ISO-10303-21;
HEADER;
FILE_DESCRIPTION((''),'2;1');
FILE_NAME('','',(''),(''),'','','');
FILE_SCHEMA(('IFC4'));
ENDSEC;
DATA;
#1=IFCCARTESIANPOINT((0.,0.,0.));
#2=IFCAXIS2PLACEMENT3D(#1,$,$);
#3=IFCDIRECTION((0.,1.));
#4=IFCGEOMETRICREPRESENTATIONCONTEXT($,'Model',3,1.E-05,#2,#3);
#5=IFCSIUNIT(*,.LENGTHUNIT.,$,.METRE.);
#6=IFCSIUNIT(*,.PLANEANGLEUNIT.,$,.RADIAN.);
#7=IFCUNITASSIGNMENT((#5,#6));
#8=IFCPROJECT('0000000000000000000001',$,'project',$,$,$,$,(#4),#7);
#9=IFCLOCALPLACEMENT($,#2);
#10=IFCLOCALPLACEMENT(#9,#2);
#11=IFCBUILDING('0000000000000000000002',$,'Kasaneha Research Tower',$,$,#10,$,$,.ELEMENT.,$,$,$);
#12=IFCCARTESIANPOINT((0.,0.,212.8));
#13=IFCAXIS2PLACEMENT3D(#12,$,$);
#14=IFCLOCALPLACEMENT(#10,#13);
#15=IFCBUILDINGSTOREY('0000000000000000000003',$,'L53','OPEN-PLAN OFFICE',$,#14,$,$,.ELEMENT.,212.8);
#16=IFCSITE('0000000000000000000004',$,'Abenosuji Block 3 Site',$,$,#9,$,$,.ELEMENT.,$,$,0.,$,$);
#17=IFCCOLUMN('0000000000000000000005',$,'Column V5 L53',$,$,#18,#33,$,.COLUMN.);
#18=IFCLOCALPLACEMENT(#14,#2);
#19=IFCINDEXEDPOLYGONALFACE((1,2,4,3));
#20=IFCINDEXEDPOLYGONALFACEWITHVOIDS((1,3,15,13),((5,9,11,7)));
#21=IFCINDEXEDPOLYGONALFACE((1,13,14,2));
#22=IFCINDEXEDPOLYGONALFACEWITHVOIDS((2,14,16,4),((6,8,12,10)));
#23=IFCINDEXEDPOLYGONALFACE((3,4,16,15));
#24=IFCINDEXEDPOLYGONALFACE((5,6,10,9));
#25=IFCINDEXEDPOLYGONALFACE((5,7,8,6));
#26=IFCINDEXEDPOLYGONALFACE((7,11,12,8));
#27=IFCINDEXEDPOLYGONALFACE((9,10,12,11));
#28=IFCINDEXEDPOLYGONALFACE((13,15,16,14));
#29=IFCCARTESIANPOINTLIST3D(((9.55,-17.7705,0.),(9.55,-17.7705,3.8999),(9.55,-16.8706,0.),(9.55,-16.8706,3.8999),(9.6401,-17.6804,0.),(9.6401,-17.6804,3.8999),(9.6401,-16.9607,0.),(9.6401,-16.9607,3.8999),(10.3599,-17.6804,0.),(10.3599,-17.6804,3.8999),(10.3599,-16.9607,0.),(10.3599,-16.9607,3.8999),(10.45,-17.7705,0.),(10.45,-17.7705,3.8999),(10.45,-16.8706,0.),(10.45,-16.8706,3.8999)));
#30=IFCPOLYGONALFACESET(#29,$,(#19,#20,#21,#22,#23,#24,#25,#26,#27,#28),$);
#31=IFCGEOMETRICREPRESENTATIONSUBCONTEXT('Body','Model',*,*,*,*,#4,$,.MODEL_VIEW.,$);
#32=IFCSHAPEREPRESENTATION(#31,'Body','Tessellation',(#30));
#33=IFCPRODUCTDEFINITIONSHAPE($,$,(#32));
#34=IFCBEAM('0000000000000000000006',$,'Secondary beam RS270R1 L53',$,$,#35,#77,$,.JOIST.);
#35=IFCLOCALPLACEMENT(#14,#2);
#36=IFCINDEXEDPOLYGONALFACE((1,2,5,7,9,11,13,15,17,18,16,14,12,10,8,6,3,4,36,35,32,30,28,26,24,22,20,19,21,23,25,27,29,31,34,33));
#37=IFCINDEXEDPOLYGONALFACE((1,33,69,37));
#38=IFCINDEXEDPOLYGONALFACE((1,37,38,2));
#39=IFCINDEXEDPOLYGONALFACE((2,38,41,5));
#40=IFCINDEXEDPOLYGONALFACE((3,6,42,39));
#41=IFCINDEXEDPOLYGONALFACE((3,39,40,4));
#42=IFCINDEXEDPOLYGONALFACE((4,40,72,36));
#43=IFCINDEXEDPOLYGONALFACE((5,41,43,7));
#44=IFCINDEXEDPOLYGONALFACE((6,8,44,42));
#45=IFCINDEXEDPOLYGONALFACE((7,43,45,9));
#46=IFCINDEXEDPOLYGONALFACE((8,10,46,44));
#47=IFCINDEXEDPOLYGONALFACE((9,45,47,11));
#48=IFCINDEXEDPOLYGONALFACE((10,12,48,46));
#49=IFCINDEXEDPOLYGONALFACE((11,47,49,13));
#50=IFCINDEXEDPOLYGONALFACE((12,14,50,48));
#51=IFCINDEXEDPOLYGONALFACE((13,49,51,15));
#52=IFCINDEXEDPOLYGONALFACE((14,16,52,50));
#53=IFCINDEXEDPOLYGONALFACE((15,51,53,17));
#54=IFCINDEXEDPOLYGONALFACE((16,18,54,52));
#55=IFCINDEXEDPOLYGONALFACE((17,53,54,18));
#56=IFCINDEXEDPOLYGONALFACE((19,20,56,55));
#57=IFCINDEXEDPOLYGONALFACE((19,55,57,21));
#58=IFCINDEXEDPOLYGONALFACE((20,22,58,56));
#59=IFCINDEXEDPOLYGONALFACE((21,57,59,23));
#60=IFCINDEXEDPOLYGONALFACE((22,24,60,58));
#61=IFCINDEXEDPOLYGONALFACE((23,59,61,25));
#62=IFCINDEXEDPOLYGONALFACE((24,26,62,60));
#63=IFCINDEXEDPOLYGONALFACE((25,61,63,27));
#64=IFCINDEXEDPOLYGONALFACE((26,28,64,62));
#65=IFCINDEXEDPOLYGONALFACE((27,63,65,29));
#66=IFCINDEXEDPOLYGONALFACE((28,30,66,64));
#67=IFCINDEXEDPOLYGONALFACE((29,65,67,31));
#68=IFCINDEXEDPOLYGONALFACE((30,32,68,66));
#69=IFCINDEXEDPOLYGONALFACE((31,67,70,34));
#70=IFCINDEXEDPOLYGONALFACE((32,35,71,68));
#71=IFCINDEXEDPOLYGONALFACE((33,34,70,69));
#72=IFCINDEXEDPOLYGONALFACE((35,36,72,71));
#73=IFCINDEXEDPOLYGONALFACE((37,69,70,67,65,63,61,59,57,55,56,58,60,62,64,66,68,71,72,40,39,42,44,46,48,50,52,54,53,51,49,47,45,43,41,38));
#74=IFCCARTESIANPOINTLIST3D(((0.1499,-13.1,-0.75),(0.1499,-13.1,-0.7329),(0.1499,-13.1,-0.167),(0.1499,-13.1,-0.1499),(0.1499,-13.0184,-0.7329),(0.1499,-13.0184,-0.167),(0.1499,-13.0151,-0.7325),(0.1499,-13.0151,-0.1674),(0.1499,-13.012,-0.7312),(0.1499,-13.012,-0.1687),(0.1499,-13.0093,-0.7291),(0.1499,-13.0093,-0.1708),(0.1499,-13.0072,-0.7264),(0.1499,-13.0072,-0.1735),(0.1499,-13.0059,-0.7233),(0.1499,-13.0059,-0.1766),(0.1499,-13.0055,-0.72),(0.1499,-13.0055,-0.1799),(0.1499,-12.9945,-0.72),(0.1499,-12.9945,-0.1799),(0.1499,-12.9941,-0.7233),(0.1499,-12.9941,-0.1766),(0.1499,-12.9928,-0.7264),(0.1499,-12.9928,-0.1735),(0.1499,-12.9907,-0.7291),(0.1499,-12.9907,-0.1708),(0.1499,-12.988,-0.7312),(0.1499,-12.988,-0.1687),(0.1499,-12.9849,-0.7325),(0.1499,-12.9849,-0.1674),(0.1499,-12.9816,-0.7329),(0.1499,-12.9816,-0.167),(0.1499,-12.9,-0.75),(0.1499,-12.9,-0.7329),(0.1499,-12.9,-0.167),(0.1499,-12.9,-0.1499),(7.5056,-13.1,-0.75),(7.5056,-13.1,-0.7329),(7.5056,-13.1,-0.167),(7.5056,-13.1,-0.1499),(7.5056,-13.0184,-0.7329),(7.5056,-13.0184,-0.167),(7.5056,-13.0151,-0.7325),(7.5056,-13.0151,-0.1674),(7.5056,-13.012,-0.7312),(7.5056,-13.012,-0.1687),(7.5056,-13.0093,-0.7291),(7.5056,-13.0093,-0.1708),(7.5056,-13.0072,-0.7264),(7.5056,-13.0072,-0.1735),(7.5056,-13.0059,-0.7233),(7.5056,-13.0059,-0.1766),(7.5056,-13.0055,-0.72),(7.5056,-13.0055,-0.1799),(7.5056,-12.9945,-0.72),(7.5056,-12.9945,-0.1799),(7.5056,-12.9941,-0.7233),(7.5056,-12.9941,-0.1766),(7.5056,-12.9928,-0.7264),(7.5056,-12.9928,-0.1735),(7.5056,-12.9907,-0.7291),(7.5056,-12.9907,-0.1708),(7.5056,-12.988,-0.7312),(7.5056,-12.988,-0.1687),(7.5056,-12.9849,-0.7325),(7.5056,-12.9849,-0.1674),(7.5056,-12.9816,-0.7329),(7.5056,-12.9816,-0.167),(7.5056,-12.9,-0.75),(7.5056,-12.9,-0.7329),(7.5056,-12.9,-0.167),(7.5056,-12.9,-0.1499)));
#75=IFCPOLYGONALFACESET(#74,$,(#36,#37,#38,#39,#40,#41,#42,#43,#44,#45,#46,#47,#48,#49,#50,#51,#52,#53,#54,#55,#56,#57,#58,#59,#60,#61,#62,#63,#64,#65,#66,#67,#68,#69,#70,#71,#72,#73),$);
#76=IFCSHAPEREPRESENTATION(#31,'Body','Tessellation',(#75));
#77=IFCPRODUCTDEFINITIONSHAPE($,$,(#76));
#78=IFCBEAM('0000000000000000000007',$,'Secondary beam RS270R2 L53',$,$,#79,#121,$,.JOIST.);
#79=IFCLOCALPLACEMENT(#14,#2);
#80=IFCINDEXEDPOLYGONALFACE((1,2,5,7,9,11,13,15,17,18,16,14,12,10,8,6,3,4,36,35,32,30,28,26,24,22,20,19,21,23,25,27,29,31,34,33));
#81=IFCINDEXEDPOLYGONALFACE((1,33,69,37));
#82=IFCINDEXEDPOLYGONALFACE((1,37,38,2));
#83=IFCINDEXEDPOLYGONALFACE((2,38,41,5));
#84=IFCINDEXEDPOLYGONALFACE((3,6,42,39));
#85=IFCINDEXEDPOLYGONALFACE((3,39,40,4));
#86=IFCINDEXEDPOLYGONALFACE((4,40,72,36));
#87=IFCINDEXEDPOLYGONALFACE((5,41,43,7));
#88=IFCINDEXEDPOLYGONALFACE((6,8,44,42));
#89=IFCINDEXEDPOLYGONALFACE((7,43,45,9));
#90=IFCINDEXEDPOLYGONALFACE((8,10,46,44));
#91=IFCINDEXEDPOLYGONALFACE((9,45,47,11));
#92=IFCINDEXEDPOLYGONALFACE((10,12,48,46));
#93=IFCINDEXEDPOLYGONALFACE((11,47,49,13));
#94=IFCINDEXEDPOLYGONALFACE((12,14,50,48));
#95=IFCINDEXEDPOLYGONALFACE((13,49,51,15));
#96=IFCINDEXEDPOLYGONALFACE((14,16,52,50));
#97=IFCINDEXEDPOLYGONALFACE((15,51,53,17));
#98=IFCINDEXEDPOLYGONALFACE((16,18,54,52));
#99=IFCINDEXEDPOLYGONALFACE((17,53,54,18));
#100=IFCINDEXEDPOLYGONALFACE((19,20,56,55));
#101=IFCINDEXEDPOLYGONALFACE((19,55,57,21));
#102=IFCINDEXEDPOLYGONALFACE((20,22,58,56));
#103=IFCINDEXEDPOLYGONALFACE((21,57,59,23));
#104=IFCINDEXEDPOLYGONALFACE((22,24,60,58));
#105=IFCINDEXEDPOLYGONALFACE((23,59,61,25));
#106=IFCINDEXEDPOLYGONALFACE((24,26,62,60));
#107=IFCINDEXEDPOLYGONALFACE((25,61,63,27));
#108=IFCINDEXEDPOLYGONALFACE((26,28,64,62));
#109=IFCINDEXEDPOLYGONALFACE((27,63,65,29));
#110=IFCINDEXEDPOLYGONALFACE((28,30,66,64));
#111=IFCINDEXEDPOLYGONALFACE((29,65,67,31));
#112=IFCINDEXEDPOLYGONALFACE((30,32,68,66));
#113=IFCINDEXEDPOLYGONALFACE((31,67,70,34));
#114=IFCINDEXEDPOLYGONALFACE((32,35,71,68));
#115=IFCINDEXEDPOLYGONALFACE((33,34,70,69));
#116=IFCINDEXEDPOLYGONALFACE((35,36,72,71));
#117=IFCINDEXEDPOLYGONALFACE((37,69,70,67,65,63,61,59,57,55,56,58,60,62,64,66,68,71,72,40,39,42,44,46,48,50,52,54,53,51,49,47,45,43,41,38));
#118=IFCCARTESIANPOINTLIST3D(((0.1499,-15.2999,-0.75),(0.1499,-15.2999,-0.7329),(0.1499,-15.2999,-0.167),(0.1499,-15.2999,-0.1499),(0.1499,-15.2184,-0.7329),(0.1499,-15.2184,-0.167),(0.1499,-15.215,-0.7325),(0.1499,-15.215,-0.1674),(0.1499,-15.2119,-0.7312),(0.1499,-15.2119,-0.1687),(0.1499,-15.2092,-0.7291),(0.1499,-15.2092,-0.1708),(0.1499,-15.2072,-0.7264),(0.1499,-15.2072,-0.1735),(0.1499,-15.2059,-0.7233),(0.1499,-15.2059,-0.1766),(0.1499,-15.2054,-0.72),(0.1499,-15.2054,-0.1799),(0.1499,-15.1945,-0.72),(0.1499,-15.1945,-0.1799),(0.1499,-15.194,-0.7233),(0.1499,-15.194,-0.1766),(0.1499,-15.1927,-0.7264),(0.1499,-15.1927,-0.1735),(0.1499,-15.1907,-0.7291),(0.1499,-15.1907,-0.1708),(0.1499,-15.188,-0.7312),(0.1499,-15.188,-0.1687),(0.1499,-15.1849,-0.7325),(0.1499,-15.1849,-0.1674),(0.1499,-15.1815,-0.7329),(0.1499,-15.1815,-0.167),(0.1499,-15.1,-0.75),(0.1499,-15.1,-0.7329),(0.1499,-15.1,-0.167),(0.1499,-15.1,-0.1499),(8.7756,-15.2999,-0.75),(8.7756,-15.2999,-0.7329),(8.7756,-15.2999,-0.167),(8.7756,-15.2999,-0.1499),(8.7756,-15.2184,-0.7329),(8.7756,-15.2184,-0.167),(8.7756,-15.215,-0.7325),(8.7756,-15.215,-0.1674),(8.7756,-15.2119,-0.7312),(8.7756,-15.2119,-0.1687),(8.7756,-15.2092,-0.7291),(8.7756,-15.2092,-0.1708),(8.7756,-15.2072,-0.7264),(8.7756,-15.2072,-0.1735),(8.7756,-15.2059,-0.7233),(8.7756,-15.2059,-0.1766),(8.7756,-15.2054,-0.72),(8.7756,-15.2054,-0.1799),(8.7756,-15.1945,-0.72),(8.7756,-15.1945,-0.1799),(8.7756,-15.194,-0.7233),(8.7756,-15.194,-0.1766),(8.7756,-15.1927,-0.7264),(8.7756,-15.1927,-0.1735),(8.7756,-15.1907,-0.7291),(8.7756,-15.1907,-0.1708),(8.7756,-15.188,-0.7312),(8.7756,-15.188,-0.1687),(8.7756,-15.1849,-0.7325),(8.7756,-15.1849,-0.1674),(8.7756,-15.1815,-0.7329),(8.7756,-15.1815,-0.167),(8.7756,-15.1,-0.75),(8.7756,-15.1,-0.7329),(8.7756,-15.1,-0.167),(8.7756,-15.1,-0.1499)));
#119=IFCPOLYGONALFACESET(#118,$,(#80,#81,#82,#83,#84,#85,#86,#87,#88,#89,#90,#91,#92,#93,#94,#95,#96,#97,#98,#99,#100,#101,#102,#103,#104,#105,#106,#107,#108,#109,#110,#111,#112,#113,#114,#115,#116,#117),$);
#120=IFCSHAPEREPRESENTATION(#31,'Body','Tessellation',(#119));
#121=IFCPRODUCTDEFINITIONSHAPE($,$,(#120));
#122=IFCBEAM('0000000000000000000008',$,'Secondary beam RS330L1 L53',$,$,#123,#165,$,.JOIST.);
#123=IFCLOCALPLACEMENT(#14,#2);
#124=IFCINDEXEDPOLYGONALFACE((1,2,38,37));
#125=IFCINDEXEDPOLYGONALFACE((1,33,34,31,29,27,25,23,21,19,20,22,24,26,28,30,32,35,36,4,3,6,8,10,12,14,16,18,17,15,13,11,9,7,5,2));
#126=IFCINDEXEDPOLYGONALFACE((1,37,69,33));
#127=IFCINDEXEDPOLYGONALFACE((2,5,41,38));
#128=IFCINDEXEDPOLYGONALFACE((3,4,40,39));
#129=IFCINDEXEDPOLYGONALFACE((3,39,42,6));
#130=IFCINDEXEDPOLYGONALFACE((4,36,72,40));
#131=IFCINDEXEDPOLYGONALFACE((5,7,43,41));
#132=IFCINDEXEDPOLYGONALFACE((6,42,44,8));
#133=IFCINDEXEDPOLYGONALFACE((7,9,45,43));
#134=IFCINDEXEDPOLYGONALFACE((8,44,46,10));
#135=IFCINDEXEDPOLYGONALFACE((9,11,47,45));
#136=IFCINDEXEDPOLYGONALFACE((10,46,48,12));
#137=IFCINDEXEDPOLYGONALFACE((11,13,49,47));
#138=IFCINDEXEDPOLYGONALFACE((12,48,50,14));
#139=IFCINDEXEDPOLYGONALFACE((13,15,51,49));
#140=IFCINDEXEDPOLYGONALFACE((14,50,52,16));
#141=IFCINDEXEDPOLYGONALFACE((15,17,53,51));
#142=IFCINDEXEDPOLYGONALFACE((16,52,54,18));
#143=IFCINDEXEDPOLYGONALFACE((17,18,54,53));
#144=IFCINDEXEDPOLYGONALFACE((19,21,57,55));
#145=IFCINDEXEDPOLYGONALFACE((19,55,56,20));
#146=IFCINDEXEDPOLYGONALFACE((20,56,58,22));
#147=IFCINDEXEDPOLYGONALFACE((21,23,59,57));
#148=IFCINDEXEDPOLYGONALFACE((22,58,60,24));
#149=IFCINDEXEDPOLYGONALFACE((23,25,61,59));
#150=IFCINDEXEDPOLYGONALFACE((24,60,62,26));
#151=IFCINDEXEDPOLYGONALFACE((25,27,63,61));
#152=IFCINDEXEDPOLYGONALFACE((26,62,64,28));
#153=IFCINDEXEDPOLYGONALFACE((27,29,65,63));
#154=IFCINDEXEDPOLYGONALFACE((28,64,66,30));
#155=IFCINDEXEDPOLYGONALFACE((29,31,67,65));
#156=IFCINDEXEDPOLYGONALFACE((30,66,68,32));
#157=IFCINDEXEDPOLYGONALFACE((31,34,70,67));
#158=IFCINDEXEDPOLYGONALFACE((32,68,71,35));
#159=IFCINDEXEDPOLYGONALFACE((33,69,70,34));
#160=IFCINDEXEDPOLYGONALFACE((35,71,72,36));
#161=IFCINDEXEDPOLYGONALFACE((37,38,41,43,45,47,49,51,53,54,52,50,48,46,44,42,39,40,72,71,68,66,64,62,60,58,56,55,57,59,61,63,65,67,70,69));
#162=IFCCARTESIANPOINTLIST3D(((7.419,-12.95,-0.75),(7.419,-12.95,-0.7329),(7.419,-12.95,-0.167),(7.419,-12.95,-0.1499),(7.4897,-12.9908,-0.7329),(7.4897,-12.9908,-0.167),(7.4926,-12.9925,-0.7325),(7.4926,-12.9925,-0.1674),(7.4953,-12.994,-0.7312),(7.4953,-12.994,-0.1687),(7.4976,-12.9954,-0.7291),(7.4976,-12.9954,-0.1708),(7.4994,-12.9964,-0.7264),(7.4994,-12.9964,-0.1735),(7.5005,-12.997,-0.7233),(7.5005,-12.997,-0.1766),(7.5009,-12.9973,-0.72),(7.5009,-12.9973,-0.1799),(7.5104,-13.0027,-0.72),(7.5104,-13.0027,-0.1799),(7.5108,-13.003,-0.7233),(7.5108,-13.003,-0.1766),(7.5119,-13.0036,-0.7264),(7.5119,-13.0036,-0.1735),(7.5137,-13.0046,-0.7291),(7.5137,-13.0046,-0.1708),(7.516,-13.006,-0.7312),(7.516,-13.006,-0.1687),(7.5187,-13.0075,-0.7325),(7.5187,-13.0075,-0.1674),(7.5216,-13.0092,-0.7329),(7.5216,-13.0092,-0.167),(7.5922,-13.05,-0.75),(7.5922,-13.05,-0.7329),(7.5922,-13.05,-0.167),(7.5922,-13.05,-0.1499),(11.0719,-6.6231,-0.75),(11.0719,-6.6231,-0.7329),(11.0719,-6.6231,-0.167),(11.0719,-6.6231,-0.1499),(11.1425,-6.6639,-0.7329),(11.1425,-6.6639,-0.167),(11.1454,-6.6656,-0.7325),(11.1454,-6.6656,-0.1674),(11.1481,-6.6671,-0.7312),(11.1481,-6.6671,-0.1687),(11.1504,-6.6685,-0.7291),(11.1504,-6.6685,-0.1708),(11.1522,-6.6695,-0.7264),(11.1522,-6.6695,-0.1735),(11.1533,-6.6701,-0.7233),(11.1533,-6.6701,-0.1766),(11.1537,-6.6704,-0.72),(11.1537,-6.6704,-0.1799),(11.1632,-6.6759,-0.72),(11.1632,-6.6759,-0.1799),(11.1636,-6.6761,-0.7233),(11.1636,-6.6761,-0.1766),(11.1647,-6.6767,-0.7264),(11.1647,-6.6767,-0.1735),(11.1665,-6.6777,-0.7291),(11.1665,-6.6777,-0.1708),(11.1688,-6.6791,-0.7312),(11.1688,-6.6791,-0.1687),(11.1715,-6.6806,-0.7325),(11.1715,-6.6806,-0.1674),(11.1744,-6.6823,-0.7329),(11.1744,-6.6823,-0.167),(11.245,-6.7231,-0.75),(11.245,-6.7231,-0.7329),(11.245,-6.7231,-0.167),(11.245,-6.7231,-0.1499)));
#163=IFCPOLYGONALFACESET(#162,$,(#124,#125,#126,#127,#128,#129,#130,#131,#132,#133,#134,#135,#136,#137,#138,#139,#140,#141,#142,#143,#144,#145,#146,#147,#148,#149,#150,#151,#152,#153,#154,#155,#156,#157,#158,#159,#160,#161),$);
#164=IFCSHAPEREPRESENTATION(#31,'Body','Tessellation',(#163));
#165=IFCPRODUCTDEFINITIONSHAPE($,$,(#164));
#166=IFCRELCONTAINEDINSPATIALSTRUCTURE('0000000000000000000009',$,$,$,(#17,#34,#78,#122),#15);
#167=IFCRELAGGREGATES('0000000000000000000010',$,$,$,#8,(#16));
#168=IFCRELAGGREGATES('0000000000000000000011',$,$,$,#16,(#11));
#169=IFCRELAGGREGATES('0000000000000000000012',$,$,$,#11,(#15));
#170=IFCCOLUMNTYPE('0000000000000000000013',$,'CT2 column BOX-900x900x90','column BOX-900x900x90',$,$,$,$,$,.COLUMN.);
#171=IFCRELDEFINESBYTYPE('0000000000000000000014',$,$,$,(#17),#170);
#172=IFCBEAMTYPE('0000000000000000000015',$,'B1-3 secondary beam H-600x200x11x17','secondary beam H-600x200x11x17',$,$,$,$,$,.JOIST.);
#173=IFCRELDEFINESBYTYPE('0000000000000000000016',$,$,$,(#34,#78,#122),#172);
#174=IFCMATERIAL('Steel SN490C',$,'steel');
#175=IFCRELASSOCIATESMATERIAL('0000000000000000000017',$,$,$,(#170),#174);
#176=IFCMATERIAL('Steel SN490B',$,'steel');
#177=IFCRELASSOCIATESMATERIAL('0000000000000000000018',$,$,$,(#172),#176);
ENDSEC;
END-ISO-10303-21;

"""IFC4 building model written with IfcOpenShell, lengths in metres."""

from ifc_helpers import new_model, si_unit, direction, frame, origin, origin_2d, place, context, subcontext, project, spatial, hollow_rectangle, i_section, extrude, material, material_profile, profile_set, type_object, element, save


model = new_model("IFC4")

# Units and contexts
model_context = context("Model", 3, precision=1e-05, world=origin(), true_north=direction((0.0, 1.0)))
body_context = subcontext(model_context, "Body", "Model", "MODEL_VIEW")
ifc_project = project(units=[si_unit("LENGTHUNIT", "METRE"), si_unit("PLANEANGLEUNIT", "RADIAN")], contexts=[model_context])

# Site, building, storey
site_placement = place(None, origin())
site = spatial("IfcSite", under=ifc_project, at=site_placement, Name="Abenosuji Block 3 Site", CompositionType="ELEMENT", RefElevation=0.0)
building_placement = place(site_placement, origin())
building = spatial("IfcBuilding", under=site, at=building_placement, Name="Kasaneha Research Tower", CompositionType="ELEMENT")
storey_placement = place(building_placement, frame((0.0, 0.0, 212.8)))
storey = spatial("IfcBuildingStorey", under=building, at=storey_placement, Name="L53", Description="OPEN-PLAN OFFICE", CompositionType="ELEMENT", Elevation=212.8)

# Column
ifc_material_1 = material(Name="Steel SN490C", Category="steel")
ifc_material_profile_1 = material_profile(ifc_material_1, hollow_rectangle(XDim=0.8999, YDim=0.8999, WallThickness=0.0901, at=origin_2d()), Name="BOX-900x900x90")
ifc_profile_set_1 = profile_set([ifc_material_profile_1], Name="Steel SN490C")
column_type = type_object("IfcColumnType", Name="CT2 column BOX-900x900x90", Description="column BOX-900x900x90", PredefinedType="COLUMN", material=ifc_profile_set_1)
column_placement = place(storey_placement, frame((10.0, -17.3206, 0.0), z_axis=(0.0, 0.0, 1.0), x_axis=(1.0, 0.0, 0.0)))
element("IfcColumn", 1, at=column_placement, inside=storey, type_object=column_type, Name="Column V5 L53", PredefinedType="COLUMN", context=body_context, shape_type="SweptSolid", body=[
    extrude(hollow_rectangle(XDim=0.8999, YDim=0.8999, WallThickness=0.0901, at=origin_2d()), origin(), (0.0, 0.0, 1.0), 3.8999),
])

# Beams
ifc_material_2 = material(Name="Steel SN490B", Category="steel")
ifc_material_profile_2 = material_profile(ifc_material_2, i_section(OverallWidth=0.2, OverallDepth=0.6001, WebThickness=0.011, FlangeThickness=0.0171, FilletRadius=0.0129, at=origin_2d()), Name="H-600x200x11x17")
ifc_profile_set_2 = profile_set([ifc_material_profile_2], Name="Steel SN490B")
beam_type_1 = type_object("IfcBeamType", Name="B1-3 secondary beam H-600x200x11x17", Description="secondary beam H-600x200x11x17", PredefinedType="JOIST", material=ifc_profile_set_2)
beam_1_placement = place(storey_placement, frame((7.5056, -13.0, -0.45), z_axis=(-1.0, 0.0, 0.0), x_axis=(0.0, -1.0, 0.0)))
element("IfcBeam", 2, at=beam_1_placement, inside=storey, type_object=beam_type_1, Name="Secondary beam RS270R1 L53", PredefinedType="JOIST", context=body_context, shape_type="SweptSolid", body=[
    extrude(i_section(OverallWidth=0.2, OverallDepth=0.6001, WebThickness=0.011, FlangeThickness=0.0171, FilletRadius=0.0129, at=origin_2d()), origin(), (0.0, 0.0, 1.0), 7.3557),
])
beam_2_placement = place(storey_placement, frame((8.7756, -15.2, -0.45), z_axis=(-1.0, 0.0, 0.0), x_axis=(0.0, -1.0, 0.0)))
element("IfcBeam", 3, at=beam_2_placement, inside=storey, type_object=beam_type_1, Name="Secondary beam RS270R2 L53", PredefinedType="JOIST", context=body_context, shape_type="SweptSolid", body=[
    extrude(i_section(OverallWidth=0.2, OverallDepth=0.6001, WebThickness=0.011, FlangeThickness=0.0171, FilletRadius=0.0129, at=origin_2d()), origin(), (0.0, 0.0, 1.0), 8.6257),
])
beam_3_placement = place(storey_placement, frame((7.5056, -13.0, -0.45), z_axis=(0.499999, 0.866026, 0.0), x_axis=(-0.866026, 0.499999, 0.0)))
element("IfcBeam", 4, at=beam_3_placement, inside=storey, type_object=beam_type_1, Name="Secondary beam RS330L1 L53", PredefinedType="JOIST", context=body_context, shape_type="SweptSolid", body=[
    extrude(i_section(OverallWidth=0.2, OverallDepth=0.6001, WebThickness=0.011, FlangeThickness=0.0171, FilletRadius=0.0129, at=origin_2d()), origin(), (0.0, 0.0, 1.0), 7.3057),
])

save(model, "model.ifc")
